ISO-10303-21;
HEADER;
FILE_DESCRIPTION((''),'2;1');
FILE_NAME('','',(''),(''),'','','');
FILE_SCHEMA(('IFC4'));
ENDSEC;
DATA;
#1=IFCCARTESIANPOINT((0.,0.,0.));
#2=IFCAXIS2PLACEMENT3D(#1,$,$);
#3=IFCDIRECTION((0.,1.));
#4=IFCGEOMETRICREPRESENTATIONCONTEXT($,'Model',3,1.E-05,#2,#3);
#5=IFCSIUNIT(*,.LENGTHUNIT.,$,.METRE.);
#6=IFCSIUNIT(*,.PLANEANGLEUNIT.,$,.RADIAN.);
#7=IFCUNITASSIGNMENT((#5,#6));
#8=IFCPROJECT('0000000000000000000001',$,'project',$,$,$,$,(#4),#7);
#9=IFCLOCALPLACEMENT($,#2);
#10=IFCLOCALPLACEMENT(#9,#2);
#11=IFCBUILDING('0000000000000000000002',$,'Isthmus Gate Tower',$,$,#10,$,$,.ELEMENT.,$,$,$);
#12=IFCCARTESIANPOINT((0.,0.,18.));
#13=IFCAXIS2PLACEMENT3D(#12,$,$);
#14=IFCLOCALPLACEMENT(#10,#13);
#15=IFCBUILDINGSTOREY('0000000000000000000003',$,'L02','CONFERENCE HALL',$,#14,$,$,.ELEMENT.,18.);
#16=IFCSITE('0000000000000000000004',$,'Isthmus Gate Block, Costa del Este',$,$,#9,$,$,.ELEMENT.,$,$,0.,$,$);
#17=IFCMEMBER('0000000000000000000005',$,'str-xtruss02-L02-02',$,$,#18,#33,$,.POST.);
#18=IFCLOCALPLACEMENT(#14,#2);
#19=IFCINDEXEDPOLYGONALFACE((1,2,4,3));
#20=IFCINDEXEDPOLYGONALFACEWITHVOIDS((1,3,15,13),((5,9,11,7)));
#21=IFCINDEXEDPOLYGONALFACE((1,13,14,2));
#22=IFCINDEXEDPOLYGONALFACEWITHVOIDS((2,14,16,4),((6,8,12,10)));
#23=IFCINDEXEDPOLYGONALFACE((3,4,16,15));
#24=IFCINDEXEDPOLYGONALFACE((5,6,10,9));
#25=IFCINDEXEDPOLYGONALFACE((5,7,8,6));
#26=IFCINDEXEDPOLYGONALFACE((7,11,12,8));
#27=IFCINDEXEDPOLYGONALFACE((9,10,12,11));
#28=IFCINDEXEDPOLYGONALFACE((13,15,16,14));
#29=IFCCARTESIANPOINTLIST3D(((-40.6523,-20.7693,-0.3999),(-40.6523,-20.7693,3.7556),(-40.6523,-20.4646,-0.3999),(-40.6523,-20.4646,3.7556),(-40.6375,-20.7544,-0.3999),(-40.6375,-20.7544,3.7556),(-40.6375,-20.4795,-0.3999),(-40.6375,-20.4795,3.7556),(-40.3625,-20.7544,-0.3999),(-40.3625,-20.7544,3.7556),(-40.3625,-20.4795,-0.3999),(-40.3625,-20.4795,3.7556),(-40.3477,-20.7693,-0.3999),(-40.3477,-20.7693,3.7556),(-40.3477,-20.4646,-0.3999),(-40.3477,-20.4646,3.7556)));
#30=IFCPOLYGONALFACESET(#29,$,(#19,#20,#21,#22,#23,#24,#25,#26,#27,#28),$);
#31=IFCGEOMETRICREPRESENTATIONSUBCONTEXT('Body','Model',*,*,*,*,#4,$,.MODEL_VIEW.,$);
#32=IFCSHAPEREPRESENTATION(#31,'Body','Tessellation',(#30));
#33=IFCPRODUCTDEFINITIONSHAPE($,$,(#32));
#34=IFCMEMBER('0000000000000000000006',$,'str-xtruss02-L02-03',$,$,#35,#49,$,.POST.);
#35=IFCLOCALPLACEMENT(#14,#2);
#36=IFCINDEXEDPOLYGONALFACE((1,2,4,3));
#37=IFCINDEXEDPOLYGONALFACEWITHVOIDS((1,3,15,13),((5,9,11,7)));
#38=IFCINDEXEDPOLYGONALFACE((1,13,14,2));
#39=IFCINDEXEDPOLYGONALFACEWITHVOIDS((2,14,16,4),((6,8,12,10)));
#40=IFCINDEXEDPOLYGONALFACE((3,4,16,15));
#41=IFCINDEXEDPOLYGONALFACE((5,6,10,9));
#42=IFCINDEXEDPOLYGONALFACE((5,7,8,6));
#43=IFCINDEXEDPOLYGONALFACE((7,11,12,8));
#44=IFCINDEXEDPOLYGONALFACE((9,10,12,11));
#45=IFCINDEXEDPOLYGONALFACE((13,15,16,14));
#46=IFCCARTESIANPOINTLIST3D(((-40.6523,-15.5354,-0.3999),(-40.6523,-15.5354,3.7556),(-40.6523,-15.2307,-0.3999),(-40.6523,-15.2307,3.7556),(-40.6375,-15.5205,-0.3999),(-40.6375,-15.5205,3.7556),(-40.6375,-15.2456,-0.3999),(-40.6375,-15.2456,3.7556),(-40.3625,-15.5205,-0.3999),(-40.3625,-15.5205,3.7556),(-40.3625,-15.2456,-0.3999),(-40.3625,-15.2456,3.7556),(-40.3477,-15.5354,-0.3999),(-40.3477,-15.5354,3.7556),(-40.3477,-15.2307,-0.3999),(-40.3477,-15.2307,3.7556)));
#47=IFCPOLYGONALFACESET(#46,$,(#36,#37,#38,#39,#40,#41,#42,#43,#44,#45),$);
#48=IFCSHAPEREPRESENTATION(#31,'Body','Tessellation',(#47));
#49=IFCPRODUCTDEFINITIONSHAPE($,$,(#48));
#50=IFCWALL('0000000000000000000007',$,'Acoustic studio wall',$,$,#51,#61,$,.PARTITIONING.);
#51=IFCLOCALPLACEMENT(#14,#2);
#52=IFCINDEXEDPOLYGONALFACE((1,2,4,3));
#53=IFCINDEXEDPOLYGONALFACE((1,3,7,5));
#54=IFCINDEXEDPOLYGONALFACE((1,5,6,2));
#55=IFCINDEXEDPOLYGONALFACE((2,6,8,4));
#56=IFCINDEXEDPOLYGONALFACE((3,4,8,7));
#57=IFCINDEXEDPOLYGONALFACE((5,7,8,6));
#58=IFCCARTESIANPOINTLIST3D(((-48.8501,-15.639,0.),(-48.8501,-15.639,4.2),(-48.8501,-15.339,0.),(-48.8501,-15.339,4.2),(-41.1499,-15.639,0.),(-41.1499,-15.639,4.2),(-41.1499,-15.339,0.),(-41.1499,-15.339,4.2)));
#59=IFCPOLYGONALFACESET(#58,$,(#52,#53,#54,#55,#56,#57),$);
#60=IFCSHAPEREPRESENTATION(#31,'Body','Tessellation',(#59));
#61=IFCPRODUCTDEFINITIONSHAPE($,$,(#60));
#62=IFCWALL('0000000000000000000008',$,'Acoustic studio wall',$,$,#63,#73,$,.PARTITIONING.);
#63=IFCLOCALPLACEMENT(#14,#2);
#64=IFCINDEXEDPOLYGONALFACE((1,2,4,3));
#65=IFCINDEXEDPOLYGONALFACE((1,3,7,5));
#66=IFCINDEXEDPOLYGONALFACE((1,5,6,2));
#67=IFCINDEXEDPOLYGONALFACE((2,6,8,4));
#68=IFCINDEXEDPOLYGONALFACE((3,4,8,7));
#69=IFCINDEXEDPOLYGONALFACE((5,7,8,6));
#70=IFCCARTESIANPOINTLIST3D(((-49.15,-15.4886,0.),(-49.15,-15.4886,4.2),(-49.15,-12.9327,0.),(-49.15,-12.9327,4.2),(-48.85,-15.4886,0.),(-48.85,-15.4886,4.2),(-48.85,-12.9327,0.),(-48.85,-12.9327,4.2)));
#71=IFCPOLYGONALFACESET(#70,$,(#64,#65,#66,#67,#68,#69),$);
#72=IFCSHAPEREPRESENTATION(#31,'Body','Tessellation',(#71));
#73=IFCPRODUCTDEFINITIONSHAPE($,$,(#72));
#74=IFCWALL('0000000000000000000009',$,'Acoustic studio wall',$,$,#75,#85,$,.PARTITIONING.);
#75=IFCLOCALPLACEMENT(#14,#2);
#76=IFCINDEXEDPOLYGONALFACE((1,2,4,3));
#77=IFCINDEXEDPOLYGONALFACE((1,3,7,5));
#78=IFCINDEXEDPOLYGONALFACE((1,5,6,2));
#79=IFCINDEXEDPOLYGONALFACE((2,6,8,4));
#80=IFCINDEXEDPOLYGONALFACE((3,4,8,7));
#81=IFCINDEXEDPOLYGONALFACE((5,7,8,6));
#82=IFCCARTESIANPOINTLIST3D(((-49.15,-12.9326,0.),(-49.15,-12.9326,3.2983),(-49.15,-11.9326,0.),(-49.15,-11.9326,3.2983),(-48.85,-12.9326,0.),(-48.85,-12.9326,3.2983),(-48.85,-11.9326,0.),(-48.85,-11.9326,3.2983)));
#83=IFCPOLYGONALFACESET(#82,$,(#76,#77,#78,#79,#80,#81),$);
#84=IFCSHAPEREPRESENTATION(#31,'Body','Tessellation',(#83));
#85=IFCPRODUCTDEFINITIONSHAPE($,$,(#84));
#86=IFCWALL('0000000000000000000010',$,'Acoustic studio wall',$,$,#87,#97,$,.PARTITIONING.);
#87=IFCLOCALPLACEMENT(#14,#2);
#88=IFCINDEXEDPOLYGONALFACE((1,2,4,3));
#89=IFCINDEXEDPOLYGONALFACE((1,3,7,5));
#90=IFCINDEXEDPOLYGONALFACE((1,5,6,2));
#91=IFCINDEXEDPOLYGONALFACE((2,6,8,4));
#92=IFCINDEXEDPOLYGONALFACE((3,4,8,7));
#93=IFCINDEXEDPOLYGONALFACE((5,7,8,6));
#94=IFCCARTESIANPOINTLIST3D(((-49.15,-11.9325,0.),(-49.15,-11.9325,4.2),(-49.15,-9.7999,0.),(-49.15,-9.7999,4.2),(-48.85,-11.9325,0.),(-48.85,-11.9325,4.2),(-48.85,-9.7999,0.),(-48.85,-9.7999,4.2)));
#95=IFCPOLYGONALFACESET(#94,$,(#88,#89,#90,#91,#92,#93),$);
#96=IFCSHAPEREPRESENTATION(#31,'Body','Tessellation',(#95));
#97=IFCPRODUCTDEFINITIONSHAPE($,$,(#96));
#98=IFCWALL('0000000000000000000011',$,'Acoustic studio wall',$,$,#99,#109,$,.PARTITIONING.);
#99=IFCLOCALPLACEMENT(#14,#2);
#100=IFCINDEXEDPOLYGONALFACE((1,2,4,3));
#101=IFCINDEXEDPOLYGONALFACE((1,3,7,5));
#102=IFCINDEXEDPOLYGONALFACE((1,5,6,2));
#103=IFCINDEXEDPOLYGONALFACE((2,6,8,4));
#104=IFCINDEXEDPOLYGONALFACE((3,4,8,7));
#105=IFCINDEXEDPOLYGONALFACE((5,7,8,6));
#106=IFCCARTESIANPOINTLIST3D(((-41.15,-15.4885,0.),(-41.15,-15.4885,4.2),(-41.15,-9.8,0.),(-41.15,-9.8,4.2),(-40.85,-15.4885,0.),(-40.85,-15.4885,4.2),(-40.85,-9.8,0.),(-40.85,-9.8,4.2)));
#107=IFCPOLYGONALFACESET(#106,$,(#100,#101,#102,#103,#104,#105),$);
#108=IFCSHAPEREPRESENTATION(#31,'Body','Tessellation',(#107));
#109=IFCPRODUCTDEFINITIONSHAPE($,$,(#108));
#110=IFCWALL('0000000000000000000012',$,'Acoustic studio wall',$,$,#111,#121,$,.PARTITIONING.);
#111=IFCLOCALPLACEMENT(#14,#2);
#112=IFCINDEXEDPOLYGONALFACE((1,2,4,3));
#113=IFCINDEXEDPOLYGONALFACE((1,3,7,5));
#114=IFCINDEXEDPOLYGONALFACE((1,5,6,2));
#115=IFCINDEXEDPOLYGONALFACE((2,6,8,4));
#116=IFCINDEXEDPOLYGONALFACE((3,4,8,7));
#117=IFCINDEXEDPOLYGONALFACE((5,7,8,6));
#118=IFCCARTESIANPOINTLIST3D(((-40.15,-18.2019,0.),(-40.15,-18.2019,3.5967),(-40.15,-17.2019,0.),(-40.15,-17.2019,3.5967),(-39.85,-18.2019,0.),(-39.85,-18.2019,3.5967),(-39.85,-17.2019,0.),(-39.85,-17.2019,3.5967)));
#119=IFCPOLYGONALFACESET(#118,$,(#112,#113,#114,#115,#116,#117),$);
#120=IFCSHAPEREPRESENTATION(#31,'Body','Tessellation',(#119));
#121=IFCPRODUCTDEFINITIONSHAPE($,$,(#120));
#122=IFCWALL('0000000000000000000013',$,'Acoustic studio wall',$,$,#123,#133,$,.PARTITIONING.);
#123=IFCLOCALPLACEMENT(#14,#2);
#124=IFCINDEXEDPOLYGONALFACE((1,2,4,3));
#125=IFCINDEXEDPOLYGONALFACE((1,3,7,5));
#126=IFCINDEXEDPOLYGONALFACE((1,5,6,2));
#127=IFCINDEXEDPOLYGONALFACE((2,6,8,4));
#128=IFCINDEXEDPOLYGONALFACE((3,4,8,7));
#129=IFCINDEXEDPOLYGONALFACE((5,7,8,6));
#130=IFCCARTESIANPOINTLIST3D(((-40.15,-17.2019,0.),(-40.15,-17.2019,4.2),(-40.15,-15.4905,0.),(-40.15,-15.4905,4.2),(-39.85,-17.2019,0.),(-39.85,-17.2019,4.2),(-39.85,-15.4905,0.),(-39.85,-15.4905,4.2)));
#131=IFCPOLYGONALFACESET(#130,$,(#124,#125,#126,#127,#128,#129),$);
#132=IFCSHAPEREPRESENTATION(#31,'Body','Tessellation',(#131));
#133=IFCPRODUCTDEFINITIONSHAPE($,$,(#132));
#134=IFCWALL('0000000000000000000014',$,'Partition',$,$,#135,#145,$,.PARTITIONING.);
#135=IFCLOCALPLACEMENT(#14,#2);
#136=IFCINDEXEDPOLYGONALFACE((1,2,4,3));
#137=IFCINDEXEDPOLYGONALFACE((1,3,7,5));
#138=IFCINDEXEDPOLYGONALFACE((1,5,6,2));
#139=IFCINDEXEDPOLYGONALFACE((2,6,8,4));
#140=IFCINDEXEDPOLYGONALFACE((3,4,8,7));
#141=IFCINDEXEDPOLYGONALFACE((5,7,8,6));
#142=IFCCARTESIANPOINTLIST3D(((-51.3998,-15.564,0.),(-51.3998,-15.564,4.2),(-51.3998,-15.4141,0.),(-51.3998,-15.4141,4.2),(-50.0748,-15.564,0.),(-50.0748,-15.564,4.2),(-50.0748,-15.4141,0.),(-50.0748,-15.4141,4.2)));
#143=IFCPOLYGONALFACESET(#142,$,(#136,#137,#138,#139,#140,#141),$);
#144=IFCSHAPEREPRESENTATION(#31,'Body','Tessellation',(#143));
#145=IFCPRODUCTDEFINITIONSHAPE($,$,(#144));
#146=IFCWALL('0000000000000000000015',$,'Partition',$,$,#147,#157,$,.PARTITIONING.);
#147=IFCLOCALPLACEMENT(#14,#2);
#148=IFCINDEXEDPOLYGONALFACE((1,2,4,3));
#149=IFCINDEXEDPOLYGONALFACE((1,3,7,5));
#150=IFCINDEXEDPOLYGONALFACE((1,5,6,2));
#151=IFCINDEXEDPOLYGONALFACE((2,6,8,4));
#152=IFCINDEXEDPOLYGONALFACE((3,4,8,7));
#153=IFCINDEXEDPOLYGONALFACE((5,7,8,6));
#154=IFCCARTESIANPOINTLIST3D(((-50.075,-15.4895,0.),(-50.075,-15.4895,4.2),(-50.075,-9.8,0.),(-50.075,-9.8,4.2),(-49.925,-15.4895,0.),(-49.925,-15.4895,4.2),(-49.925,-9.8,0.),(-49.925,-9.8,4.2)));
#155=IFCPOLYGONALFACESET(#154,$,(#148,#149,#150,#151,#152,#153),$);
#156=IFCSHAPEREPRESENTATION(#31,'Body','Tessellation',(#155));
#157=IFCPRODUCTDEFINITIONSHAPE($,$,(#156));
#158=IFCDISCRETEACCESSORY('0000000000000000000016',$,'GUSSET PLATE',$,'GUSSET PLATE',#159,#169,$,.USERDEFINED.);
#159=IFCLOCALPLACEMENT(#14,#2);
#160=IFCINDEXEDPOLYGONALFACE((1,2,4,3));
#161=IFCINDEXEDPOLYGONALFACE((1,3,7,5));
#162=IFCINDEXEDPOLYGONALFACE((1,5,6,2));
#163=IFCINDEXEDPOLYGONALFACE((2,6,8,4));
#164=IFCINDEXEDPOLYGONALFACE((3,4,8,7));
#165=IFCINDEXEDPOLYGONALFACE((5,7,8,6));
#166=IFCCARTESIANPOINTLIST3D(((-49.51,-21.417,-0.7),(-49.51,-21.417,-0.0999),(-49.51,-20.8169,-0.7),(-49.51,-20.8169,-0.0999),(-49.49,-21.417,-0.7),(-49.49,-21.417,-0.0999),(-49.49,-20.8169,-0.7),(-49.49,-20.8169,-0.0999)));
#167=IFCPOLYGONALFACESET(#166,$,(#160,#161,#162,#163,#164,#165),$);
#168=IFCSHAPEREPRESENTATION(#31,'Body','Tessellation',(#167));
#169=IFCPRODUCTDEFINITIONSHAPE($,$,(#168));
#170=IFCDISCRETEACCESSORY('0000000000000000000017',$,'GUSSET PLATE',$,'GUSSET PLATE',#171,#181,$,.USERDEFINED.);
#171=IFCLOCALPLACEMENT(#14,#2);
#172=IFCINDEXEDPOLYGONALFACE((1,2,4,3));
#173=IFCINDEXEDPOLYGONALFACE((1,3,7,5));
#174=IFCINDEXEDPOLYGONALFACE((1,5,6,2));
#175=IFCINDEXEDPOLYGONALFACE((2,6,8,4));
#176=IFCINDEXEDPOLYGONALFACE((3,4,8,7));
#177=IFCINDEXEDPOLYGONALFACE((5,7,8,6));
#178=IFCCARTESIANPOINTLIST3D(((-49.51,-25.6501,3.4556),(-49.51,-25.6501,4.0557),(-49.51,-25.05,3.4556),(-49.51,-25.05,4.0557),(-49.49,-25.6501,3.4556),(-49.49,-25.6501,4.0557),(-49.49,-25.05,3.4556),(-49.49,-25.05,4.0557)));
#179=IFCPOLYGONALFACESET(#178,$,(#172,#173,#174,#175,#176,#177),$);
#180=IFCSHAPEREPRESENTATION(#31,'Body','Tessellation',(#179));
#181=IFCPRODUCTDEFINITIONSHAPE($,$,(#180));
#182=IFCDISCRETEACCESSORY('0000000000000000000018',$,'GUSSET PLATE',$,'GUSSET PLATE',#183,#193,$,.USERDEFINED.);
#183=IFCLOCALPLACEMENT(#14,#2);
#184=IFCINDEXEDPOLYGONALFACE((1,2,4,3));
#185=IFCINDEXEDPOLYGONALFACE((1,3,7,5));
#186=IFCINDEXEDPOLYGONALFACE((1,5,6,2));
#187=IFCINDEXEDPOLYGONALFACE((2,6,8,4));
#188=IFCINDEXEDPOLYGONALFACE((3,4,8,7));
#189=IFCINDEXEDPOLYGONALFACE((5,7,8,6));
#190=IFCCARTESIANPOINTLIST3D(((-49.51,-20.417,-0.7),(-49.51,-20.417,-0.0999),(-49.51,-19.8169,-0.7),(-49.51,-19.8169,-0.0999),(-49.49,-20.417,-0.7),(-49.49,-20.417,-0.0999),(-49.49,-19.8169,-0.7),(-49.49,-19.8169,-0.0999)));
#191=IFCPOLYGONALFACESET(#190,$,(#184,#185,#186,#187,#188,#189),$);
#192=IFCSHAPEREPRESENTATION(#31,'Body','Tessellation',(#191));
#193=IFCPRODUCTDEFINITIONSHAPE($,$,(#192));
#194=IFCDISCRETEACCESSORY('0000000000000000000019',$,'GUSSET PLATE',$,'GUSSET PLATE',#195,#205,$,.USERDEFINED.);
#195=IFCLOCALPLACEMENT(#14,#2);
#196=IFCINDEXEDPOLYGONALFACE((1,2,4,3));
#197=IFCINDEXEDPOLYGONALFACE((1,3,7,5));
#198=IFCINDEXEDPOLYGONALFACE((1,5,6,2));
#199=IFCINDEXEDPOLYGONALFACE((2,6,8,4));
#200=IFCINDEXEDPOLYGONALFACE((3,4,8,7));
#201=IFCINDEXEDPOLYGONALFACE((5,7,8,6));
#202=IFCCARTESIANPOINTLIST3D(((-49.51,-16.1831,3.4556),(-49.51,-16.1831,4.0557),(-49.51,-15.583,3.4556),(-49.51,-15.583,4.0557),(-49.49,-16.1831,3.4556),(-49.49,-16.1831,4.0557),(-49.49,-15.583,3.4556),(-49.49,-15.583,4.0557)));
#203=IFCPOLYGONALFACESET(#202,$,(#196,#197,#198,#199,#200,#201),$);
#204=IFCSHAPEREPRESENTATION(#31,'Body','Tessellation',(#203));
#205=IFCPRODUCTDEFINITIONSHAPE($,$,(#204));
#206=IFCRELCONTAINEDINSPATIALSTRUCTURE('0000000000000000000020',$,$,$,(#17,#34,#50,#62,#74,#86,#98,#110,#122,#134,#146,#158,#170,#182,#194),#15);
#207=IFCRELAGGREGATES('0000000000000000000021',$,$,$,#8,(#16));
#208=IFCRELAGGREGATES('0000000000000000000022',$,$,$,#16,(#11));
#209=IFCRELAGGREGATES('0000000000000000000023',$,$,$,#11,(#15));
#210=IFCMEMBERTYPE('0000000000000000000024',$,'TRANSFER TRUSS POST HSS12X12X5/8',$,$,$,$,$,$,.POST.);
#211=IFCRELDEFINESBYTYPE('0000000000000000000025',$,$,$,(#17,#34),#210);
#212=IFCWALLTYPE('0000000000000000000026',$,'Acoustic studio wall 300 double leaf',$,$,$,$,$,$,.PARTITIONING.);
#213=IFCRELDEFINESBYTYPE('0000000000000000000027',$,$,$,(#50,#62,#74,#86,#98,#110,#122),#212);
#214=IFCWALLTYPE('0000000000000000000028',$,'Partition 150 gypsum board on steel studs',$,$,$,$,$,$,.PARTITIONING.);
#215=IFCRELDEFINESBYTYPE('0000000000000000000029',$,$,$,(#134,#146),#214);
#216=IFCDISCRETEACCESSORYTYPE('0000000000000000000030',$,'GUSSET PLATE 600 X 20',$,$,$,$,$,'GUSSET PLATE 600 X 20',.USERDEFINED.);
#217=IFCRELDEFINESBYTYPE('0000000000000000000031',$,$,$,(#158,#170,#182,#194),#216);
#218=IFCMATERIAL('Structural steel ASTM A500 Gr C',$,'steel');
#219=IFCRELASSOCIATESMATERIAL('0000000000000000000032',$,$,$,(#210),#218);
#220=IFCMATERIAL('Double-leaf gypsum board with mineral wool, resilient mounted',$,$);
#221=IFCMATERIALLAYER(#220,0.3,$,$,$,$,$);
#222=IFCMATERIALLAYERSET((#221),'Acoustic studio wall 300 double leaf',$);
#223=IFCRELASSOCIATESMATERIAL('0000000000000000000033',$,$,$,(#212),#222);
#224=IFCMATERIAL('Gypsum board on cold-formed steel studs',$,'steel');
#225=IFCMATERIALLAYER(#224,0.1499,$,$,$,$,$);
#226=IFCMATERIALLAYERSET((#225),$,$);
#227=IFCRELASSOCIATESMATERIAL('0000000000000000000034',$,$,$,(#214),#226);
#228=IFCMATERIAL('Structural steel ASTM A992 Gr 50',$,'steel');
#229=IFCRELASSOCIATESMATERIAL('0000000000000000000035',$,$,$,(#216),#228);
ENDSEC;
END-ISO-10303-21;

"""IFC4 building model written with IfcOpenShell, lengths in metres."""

from ifc_helpers import new_model, si_unit, direction, frame, frame_2d, origin, origin_2d, place, context, subcontext, project, spatial, rectangle, hollow_rectangle, extrude, material, layer, layer_set, material_profile, profile_set, type_object, element, save


model = new_model("IFC4")

# Units and contexts
model_context = context("Model", 3, precision=1e-05, world=origin(), true_north=direction((0.0, 1.0)))
body_context = subcontext(model_context, "Body", "Model", "MODEL_VIEW")
ifc_project = project(units=[si_unit("LENGTHUNIT", "METRE"), si_unit("PLANEANGLEUNIT", "RADIAN")], contexts=[model_context])

# Site, building, storey
site_placement = place(None, origin())
site = spatial("IfcSite", under=ifc_project, at=site_placement, Name="Isthmus Gate Block, Costa del Este", CompositionType="ELEMENT", RefElevation=0.0)
building_placement = place(site_placement, origin())
building = spatial("IfcBuilding", under=site, at=building_placement, Name="Isthmus Gate Tower", CompositionType="ELEMENT")
storey_placement = place(building_placement, frame((0.0, 0.0, 18.0)))
storey = spatial("IfcBuildingStorey", under=building, at=storey_placement, Name="L02", Description="CONFERENCE HALL", CompositionType="ELEMENT", Elevation=18.0)

# Members
ifc_material_1 = material(Name="Structural steel ASTM A500 Gr C", Category="steel")
ifc_material_profile_1 = material_profile(ifc_material_1, hollow_rectangle(XDim=0.3047, YDim=0.3047, WallThickness=0.0149, at=origin_2d()), Name="HSS12X12X5/8")
ifc_profile_set_1 = profile_set([ifc_material_profile_1], Name="Structural steel ASTM A500 Gr C")
member_type_1 = type_object("IfcMemberType", Name="TRANSFER TRUSS POST HSS12X12X5/8", PredefinedType="POST", material=ifc_profile_set_1)
for number, where, z_axis, x_axis, name in (
    (1, (-40.5, -20.6169, -0.3999), (0.0, 0.0, 1.0), (1.0, 0.0, 0.0), "str-xtruss02-L02-02"),
    (2, (-40.5, -15.3831, -0.3999), (0.0, 0.0, 1.0), (1.0, 0.0, 0.0), "str-xtruss02-L02-03"),
):
    element("IfcMember", number, at=place(storey_placement, frame(where, z_axis=z_axis, x_axis=x_axis)), inside=storey, type_object=member_type_1, Name=name, PredefinedType="POST", context=body_context, shape_type="SweptSolid", body=[
        extrude(hollow_rectangle(XDim=0.3047, YDim=0.3047, WallThickness=0.0149, at=origin_2d()), origin(), (0.0, 0.0, 1.0), 4.1555),
    ])

# Walls
ifc_material_2 = material(Name="Double-leaf gypsum board with mineral wool, resilient mounted")
ifc_layer_1 = layer(ifc_material_2, 0.3)
ifc_layer_set_1 = layer_set([ifc_layer_1], Name="Acoustic studio wall 300 double leaf")
wall_type_1 = type_object("IfcWallType", Name="Acoustic studio wall 300 double leaf", PredefinedType="PARTITIONING", material=ifc_layer_set_1)
wall_1_placement = place(storey_placement, frame((-48.8501, -15.489, 0.0), z_axis=(0.0, 0.0, 1.0), x_axis=(1.0, 0.0, 0.0)))
element("IfcWall", 3, at=wall_1_placement, inside=storey, type_object=wall_type_1, Name="Acoustic studio wall", PredefinedType="PARTITIONING", context=body_context, shape_type="SweptSolid", body=[
    extrude(rectangle(XDim=7.7002, YDim=0.3, at=frame_2d((3.8501, 0.0))), origin(), (0.0, 0.0, 1.0), 4.2),
])
wall_2_placement = place(storey_placement, frame((-49.0, -15.4885, 0.0), z_axis=(0.0, 0.0, 1.0), x_axis=(0.0, 1.0, 0.0)))
element("IfcWall", 4, at=wall_2_placement, inside=storey, type_object=wall_type_1, Name="Acoustic studio wall", PredefinedType="PARTITIONING", context=body_context, shape_type="SweptSolid", body=[
    extrude(rectangle(XDim=2.5559, YDim=0.3, at=frame_2d((1.2778, 0.0))), origin(), (0.0, 0.0, 1.0), 4.2),
])
wall_3_placement = place(storey_placement, frame((-49.0, -12.9326, 0.0), z_axis=(0.0, 0.0, 1.0), x_axis=(0.0, 1.0, 0.0)))
element("IfcWall", 5, at=wall_3_placement, inside=storey, type_object=wall_type_1, Name="Acoustic studio wall", PredefinedType="PARTITIONING", context=body_context, shape_type="SweptSolid", body=[
    extrude(rectangle(XDim=1.0, YDim=0.3, at=frame_2d((0.5, 0.0))), origin(), (0.0, 0.0, 1.0), 3.2983),
])
wall_4_placement = place(storey_placement, frame((-49.0, -11.9326, 0.0), z_axis=(0.0, 0.0, 1.0), x_axis=(0.0, 1.0, 0.0)))
element("IfcWall", 6, at=wall_4_placement, inside=storey, type_object=wall_type_1, Name="Acoustic studio wall", PredefinedType="PARTITIONING", context=body_context, shape_type="SweptSolid", body=[
    extrude(rectangle(XDim=2.1326, YDim=0.3, at=frame_2d((1.0664, 0.0))), origin(), (0.0, 0.0, 1.0), 4.2),
])
wall_5_placement = place(storey_placement, frame((-41.0, -15.4885, 0.0), z_axis=(0.0, 0.0, 1.0), x_axis=(0.0, 1.0, 0.0)))
element("IfcWall", 7, at=wall_5_placement, inside=storey, type_object=wall_type_1, Name="Acoustic studio wall", PredefinedType="PARTITIONING", context=body_context, shape_type="SweptSolid", body=[
    extrude(rectangle(XDim=5.6885, YDim=0.3, at=frame_2d((2.8442, 0.0))), origin(), (0.0, 0.0, 1.0), 4.2),
])
wall_6_placement = place(storey_placement, frame((-40.0, -18.2019, 0.0), z_axis=(0.0, 0.0, 1.0), x_axis=(0.0, 1.0, 0.0)))
element("IfcWall", 8, at=wall_6_placement, inside=storey, type_object=wall_type_1, Name="Acoustic studio wall", PredefinedType="PARTITIONING", context=body_context, shape_type="SweptSolid", body=[
    extrude(rectangle(XDim=1.0, YDim=0.3, at=frame_2d((0.5, 0.0))), origin(), (0.0, 0.0, 1.0), 3.5967),
])
wall_7_placement = place(storey_placement, frame((-40.0, -17.2019, 0.0), z_axis=(0.0, 0.0, 1.0), x_axis=(0.0, 1.0, 0.0)))
element("IfcWall", 9, at=wall_7_placement, inside=storey, type_object=wall_type_1, Name="Acoustic studio wall", PredefinedType="PARTITIONING", context=body_context, shape_type="SweptSolid", body=[
    extrude(rectangle(XDim=1.7114, YDim=0.3, at=frame_2d((0.8557, 0.0))), origin(), (0.0, 0.0, 1.0), 4.2),
])
ifc_material_3 = material(Name="Gypsum board on cold-formed steel studs", Category="steel")
ifc_layer_2 = layer(ifc_material_3, 0.1499)
ifc_layer_set_2 = layer_set([ifc_layer_2])
wall_type_2 = type_object("IfcWallType", Name="Partition 150 gypsum board on steel studs", PredefinedType="PARTITIONING", material=ifc_layer_set_2)
wall_8_placement = place(storey_placement, frame((-51.3999, -15.489, 0.0), z_axis=(0.0, 0.0, 1.0), x_axis=(1.0, 0.0, 0.0)))
element("IfcWall", 10, at=wall_8_placement, inside=storey, type_object=wall_type_2, Name="Partition", PredefinedType="PARTITIONING", context=body_context, shape_type="SweptSolid", body=[
    extrude(rectangle(XDim=1.325, YDim=0.1499, at=frame_2d((0.6626, 0.0))), origin(), (0.0, 0.0, 1.0), 4.2),
])
wall_9_placement = place(storey_placement, frame((-50.0, -15.4895, 0.0), z_axis=(0.0, 0.0, 1.0), x_axis=(0.0, 1.0, 0.0)))
element("IfcWall", 11, at=wall_9_placement, inside=storey, type_object=wall_type_2, Name="Partition", PredefinedType="PARTITIONING", context=body_context, shape_type="SweptSolid", body=[
    extrude(rectangle(XDim=5.6895, YDim=0.1499, at=frame_2d((2.8447, 0.0))), origin(), (0.0, 0.0, 1.0), 4.2),
])

# Discrete accessories
ifc_material_4 = material(Name="Structural steel ASTM A992 Gr 50", Category="steel")
discrete_accessory_type = type_object("IfcDiscreteAccessoryType", Name="GUSSET PLATE 600 X 20", ElementType="GUSSET PLATE 600 X 20", PredefinedType="USERDEFINED", material=ifc_material_4)
for number, where, z_axis, x_axis, name in (
    (12, (-49.5, -21.1169, -0.7), (0.0, 0.0, 1.0), (0.0, -1.0, 0.0), "GUSSET PLATE"),
    (13, (-49.5, -25.3501, 3.4556), (0.0, 0.0, 1.0), (0.0, -1.0, 0.0), "GUSSET PLATE"),
    (14, (-49.5, -20.1169, -0.7), (0.0, 0.0, 1.0), (0.0, 1.0, 0.0), "GUSSET PLATE"),
    (15, (-49.5, -15.8831, 3.4556), (0.0, 0.0, 1.0), (0.0, 1.0, 0.0), "GUSSET PLATE"),
):
    element("IfcDiscreteAccessory", number, at=place(storey_placement, frame(where, z_axis=z_axis, x_axis=x_axis)), inside=storey, type_object=discrete_accessory_type, Name=name, ObjectType="GUSSET PLATE", PredefinedType="USERDEFINED", context=body_context, shape_type="SweptSolid", body=[
        extrude(rectangle(XDim=0.6001, YDim=0.02, at=origin_2d()), origin(), (0.0, 0.0, 1.0), 0.6001),
    ])

save(model, "model.ifc")
